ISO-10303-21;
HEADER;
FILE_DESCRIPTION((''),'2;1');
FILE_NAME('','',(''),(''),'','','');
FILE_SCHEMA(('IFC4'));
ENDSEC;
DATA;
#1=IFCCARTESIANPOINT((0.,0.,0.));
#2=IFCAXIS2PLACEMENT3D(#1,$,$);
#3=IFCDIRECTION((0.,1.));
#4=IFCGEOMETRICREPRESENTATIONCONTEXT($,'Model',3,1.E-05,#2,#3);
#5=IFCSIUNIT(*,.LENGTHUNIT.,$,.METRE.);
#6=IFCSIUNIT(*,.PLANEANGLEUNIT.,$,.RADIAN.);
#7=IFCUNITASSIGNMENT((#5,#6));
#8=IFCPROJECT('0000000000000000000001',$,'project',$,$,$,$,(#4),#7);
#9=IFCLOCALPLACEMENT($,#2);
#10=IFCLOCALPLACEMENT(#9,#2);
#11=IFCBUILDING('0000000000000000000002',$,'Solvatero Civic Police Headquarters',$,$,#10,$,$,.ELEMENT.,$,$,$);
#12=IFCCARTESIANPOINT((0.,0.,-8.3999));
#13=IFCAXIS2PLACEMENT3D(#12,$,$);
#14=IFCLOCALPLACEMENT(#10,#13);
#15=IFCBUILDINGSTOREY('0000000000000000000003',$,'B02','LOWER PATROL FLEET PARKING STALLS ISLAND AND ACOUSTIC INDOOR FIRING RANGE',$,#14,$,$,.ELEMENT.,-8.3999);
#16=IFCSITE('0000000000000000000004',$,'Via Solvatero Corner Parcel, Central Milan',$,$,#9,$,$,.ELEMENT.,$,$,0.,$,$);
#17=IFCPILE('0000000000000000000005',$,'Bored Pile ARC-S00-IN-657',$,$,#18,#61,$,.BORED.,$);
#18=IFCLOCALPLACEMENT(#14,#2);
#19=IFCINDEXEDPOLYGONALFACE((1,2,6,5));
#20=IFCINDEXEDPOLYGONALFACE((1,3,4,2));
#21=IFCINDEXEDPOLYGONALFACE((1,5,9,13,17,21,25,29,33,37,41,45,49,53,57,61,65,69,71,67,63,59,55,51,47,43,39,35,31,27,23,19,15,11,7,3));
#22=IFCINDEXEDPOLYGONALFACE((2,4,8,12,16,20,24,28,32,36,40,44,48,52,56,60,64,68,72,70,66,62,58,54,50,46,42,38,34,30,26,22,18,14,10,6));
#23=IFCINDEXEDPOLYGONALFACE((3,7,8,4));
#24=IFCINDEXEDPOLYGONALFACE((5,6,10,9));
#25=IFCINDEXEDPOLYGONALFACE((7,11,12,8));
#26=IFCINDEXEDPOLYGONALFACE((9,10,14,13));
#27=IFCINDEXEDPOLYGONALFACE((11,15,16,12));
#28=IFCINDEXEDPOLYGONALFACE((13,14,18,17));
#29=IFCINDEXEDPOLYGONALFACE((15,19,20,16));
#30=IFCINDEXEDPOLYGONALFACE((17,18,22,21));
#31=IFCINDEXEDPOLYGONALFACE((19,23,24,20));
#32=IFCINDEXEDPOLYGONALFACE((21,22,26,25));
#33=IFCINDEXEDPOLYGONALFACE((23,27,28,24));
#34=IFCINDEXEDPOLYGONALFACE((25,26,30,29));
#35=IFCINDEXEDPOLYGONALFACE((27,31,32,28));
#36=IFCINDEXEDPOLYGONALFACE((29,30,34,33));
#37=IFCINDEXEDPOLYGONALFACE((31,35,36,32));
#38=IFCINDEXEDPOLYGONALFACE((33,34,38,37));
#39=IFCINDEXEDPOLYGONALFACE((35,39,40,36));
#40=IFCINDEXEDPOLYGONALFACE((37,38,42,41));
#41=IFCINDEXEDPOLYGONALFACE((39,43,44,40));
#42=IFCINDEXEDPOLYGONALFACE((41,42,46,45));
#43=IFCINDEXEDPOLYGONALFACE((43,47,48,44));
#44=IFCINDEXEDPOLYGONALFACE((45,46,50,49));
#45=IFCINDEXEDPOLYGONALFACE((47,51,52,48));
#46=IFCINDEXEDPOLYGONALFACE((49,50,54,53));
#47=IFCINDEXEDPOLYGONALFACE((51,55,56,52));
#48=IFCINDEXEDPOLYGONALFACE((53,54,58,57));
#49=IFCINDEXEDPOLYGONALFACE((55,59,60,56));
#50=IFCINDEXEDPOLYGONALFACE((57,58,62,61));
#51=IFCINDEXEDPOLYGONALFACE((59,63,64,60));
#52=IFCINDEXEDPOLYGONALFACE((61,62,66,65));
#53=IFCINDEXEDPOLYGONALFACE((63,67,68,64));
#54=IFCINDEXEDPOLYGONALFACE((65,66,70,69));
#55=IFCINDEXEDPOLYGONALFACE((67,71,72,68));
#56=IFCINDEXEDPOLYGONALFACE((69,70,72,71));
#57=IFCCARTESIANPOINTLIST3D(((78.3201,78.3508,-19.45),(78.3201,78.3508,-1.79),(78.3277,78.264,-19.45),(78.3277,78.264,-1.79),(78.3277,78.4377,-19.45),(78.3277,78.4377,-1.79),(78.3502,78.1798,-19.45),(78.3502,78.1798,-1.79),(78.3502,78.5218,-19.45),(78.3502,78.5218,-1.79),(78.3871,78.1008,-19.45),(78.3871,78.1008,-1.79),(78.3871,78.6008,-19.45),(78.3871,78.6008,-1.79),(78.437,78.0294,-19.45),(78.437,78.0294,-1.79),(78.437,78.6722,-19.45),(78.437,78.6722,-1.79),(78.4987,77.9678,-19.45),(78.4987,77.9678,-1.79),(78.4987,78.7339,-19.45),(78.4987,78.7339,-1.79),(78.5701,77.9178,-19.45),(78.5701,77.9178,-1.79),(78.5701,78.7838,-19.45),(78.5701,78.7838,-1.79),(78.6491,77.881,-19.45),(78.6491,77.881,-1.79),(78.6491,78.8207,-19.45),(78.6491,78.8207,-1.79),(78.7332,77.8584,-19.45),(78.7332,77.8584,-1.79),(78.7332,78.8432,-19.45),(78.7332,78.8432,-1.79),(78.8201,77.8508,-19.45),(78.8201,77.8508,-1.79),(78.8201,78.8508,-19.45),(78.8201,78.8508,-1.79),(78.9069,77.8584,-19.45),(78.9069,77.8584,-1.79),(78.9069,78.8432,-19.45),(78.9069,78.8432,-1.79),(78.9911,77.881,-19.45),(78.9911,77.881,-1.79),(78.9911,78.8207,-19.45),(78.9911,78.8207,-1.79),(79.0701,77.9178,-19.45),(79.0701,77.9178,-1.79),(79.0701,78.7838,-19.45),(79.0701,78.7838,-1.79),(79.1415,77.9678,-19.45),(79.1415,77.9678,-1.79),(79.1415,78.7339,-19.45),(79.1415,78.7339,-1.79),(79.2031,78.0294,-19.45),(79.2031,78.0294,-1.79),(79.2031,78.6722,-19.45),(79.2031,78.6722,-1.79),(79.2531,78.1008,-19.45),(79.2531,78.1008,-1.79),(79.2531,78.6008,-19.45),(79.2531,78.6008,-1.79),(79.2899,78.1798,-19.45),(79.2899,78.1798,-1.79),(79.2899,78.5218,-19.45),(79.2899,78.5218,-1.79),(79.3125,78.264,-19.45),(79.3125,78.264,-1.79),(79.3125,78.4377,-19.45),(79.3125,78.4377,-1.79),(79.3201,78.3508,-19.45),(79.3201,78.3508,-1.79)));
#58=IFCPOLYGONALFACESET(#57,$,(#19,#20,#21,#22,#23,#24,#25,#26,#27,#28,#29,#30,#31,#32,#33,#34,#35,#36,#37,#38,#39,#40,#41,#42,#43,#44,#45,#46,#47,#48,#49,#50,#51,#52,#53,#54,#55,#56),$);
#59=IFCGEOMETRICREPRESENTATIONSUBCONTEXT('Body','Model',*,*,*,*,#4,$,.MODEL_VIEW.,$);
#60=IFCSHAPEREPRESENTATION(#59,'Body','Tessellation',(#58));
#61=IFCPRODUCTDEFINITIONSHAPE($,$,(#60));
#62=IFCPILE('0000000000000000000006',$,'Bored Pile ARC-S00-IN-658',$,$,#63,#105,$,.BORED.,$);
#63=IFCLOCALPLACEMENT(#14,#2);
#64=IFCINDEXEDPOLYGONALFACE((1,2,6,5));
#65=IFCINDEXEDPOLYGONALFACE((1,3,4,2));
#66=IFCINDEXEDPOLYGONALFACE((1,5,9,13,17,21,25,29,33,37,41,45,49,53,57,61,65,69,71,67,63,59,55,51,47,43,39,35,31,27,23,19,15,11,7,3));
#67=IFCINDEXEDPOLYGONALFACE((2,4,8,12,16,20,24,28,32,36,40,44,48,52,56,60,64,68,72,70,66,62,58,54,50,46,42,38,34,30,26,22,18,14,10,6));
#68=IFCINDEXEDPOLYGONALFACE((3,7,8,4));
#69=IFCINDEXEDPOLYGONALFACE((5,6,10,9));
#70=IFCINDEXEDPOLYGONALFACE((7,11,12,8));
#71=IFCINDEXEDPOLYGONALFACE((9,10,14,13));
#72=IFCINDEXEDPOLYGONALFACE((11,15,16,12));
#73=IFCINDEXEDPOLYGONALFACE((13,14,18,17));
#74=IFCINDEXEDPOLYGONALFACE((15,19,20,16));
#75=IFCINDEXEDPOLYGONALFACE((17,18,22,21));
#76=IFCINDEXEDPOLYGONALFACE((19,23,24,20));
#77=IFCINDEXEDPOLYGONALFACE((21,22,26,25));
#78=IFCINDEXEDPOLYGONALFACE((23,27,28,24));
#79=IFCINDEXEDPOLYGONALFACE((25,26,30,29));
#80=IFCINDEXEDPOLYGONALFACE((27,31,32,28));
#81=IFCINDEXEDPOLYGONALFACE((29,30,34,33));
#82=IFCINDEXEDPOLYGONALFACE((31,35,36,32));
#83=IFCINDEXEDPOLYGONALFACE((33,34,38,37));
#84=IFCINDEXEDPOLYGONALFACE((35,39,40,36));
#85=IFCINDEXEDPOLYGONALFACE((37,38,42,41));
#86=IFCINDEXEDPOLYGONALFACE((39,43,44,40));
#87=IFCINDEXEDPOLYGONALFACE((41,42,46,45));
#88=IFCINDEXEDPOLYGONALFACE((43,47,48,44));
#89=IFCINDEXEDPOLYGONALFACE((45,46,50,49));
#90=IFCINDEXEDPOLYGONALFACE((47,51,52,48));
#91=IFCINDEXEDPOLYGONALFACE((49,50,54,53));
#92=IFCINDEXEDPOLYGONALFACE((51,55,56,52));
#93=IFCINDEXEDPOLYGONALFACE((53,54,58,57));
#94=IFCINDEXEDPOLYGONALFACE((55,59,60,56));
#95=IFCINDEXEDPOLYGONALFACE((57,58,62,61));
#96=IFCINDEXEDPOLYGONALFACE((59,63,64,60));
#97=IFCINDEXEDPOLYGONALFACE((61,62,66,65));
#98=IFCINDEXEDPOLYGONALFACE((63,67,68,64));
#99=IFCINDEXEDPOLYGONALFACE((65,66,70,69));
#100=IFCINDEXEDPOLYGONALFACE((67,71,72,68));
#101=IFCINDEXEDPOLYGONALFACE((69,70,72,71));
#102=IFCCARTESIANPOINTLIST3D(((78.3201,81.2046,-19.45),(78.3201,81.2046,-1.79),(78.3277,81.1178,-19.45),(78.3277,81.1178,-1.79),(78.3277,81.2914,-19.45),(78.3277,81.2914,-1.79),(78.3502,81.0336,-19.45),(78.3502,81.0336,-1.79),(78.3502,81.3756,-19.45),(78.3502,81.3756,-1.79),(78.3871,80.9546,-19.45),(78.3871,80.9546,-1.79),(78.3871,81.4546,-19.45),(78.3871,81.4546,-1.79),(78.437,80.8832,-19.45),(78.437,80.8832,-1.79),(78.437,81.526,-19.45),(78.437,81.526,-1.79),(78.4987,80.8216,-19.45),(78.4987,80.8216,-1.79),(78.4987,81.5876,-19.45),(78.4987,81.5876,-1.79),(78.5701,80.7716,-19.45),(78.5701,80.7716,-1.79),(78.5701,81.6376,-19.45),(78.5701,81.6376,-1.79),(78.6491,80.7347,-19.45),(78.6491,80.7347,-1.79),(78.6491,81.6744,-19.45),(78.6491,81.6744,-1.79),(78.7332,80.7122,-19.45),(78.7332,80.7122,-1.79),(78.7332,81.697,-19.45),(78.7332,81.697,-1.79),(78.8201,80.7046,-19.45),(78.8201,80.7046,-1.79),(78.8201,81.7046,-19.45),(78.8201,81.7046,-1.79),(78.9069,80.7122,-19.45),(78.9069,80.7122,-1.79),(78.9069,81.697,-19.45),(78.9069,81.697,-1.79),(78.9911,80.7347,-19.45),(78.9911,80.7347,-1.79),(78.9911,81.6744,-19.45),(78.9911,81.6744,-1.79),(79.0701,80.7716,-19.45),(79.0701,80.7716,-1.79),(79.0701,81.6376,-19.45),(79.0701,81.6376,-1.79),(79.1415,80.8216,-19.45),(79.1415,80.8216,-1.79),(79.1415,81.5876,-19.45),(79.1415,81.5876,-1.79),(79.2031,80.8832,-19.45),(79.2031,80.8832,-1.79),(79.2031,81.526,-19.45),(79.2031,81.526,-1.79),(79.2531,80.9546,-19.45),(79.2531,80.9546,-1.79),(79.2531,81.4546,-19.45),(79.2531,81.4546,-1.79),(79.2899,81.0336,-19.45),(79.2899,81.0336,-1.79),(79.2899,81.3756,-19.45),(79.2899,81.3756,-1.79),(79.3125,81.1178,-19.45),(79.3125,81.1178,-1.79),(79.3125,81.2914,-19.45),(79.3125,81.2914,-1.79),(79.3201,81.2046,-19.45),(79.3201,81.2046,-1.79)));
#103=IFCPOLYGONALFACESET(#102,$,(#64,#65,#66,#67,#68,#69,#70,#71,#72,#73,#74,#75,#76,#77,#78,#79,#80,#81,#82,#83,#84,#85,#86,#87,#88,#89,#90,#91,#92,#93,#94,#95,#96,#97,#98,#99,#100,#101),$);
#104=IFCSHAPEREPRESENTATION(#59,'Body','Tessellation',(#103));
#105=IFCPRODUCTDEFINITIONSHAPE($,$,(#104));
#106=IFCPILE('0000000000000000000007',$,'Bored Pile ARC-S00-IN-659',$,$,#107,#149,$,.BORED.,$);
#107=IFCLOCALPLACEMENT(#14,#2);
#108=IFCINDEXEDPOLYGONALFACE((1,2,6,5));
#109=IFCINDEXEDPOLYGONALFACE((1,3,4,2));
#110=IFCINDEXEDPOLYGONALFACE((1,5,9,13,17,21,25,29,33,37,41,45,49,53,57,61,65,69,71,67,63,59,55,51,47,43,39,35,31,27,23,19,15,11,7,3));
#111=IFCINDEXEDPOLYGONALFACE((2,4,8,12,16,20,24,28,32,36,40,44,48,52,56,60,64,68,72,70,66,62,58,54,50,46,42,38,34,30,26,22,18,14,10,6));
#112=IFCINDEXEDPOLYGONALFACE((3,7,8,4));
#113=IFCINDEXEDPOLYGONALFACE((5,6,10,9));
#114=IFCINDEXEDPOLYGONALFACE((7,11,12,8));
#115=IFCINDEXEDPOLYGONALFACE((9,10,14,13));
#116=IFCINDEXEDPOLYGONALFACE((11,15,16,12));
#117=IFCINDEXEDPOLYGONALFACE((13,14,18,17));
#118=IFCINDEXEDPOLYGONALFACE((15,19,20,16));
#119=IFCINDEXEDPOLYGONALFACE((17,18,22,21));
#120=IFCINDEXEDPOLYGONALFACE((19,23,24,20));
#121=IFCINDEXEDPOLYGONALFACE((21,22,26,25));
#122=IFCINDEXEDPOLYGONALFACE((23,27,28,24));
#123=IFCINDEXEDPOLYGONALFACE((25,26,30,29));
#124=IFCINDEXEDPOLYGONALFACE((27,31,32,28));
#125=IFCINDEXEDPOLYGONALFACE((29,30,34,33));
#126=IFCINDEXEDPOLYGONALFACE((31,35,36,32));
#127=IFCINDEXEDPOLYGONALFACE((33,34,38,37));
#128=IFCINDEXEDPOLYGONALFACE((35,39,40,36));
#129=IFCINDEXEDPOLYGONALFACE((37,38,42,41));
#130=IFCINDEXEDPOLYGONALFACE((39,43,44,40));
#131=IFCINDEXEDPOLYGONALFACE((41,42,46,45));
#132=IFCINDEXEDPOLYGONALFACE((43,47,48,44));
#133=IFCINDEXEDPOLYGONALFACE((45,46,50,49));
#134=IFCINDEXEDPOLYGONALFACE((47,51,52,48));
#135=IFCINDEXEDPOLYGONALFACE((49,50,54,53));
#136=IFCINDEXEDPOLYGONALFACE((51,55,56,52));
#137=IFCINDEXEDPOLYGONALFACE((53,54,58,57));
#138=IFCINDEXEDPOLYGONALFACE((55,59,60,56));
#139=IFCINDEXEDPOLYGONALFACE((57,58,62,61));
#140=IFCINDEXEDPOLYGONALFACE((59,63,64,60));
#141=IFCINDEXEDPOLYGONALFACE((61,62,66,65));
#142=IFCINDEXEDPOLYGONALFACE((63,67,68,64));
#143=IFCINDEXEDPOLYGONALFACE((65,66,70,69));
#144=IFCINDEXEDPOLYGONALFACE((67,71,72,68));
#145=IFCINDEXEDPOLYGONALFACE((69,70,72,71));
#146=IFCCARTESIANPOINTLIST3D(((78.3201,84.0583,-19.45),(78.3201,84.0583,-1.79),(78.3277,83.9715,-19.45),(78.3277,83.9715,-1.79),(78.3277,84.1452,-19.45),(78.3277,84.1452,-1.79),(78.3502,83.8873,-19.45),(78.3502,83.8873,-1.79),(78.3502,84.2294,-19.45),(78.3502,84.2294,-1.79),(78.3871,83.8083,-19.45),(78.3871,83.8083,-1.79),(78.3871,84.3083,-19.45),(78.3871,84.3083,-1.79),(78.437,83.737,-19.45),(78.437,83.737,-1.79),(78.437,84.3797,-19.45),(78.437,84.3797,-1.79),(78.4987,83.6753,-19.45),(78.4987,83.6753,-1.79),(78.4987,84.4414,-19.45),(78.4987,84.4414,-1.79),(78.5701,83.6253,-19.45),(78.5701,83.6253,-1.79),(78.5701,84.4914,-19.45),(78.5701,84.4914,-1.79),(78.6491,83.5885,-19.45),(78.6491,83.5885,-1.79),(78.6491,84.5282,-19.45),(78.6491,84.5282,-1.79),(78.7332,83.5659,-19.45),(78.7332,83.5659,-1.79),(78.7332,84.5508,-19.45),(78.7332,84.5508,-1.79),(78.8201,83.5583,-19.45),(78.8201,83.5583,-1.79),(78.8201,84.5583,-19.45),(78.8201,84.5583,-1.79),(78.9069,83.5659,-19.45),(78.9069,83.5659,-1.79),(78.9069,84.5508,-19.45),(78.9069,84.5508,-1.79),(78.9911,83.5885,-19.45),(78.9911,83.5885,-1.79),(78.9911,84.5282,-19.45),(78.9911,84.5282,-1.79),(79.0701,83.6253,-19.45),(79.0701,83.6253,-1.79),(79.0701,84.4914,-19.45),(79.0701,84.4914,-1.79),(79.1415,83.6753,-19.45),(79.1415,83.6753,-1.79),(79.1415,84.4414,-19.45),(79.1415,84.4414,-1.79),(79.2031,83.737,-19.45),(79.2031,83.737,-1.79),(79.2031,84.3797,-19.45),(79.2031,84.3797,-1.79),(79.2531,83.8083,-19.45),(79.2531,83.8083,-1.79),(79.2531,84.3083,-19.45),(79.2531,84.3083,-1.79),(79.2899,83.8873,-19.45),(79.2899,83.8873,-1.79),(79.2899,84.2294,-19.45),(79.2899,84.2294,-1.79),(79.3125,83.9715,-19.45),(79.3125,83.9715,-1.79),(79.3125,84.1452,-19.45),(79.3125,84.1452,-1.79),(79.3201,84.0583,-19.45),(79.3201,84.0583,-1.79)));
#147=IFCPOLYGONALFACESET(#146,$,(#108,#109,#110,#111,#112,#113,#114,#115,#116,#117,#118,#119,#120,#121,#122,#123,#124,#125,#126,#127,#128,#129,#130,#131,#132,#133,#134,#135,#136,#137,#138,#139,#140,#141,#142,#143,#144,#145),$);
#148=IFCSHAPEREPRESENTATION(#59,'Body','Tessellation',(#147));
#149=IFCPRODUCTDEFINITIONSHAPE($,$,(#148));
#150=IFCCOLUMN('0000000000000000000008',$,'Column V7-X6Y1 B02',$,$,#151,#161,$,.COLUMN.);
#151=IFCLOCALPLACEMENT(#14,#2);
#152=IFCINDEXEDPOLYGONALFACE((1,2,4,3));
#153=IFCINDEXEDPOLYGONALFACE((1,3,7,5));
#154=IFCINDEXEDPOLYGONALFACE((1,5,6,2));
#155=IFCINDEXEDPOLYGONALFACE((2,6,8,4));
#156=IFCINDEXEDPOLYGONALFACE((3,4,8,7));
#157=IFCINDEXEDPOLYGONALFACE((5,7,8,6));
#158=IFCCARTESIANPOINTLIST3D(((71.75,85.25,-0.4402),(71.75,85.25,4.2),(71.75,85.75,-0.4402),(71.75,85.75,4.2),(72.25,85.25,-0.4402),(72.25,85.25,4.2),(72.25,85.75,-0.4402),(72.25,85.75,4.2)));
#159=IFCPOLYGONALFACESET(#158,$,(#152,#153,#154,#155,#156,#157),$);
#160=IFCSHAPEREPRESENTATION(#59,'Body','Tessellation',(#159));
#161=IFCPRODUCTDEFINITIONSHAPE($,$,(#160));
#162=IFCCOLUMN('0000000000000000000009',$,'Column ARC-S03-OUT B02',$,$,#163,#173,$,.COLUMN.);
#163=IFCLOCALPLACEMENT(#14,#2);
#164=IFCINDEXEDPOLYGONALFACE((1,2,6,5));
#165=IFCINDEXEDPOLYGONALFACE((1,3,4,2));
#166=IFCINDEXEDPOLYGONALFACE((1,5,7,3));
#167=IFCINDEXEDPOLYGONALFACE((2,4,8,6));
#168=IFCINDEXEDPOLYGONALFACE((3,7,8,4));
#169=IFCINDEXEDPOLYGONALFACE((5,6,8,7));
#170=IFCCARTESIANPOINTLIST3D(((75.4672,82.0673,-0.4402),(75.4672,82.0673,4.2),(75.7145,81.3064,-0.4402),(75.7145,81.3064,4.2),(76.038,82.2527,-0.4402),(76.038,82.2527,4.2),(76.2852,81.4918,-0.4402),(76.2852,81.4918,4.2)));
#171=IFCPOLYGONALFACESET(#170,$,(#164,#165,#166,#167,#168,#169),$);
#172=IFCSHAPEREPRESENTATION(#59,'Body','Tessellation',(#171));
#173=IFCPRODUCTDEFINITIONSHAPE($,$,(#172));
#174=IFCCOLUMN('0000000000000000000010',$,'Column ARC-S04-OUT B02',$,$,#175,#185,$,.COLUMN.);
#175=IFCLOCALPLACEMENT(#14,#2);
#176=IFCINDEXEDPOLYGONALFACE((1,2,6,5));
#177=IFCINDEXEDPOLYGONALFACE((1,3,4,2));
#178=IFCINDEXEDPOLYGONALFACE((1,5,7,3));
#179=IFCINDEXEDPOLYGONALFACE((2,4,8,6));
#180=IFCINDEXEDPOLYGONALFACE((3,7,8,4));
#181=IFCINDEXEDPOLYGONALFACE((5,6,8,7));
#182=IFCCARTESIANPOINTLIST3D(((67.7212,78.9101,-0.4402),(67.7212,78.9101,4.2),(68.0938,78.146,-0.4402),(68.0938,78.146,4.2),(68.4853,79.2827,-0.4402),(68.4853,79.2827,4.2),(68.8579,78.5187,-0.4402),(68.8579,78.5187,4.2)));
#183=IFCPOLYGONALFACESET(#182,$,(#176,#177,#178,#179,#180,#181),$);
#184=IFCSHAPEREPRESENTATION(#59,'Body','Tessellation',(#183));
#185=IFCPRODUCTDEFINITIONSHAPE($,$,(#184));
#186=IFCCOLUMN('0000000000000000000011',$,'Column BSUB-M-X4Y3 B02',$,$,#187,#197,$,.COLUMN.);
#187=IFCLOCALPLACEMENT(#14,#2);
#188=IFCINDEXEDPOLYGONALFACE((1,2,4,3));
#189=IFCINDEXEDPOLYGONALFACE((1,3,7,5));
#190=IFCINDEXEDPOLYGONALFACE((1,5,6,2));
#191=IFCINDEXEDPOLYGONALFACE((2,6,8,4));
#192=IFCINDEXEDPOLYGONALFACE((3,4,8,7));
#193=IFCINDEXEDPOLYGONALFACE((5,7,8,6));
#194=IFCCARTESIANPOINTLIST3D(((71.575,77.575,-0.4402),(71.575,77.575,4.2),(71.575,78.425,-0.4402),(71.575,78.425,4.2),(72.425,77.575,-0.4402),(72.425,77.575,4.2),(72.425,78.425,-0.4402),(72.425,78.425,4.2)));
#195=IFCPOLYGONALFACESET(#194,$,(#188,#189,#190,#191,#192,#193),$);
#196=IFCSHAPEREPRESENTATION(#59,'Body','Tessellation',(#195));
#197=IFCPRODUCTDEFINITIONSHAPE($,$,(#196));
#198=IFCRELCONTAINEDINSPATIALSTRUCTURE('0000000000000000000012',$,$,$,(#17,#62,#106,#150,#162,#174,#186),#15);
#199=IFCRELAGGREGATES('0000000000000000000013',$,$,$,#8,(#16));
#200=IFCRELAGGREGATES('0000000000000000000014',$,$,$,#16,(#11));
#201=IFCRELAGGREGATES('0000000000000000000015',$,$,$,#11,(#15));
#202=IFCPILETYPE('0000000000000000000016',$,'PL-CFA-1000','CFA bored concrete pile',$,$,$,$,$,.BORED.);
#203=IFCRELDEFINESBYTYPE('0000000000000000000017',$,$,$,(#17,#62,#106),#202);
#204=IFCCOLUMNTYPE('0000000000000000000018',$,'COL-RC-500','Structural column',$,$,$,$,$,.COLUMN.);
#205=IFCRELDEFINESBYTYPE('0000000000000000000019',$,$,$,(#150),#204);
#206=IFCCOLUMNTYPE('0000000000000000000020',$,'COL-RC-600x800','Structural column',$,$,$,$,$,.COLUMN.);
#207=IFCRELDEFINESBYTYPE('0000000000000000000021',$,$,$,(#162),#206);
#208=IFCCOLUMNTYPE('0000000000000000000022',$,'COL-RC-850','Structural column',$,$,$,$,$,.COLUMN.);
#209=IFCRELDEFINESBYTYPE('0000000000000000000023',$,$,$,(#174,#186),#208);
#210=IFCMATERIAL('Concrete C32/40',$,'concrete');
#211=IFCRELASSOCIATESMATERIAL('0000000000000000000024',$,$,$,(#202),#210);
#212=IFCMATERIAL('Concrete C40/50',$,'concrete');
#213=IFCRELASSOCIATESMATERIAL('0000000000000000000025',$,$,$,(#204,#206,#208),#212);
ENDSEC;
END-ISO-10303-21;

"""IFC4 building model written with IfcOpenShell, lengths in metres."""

from ifc_helpers import new_model, si_unit, direction, frame, origin, origin_2d, place, context, subcontext, project, spatial, rectangle, circle, extrude, material, material_profile, profile_set, type_object, element, save


model = new_model("IFC4")

# Units and contexts
model_context = context("Model", 3, precision=1e-05, world=origin(), true_north=direction((0.0, 1.0)))
body_context = subcontext(model_context, "Body", "Model", "MODEL_VIEW")
ifc_project = project(units=[si_unit("LENGTHUNIT", "METRE"), si_unit("PLANEANGLEUNIT", "RADIAN")], contexts=[model_context])

# Site, building, storey
site_placement = place(None, origin())
site = spatial("IfcSite", under=ifc_project, at=site_placement, Name="Via Solvatero Corner Parcel, Central Milan", CompositionType="ELEMENT", RefElevation=0.0)
building_placement = place(site_placement, origin())
building = spatial("IfcBuilding", under=site, at=building_placement, Name="Solvatero Civic Police Headquarters", CompositionType="ELEMENT")
storey_placement = place(building_placement, frame((0.0, 0.0, -8.3999)))
storey = spatial("IfcBuildingStorey", under=building, at=storey_placement, Name="B02", Description="LOWER PATROL FLEET PARKING STALLS ISLAND AND ACOUSTIC INDOOR FIRING RANGE", CompositionType="ELEMENT", Elevation=-8.3999)

# Piles
ifc_material_1 = material(Name="Concrete C32/40", Category="concrete")
ifc_material_profile_1 = material_profile(ifc_material_1, circle(Radius=0.5, at=origin_2d()), Name="CFA PILE D1000")
ifc_profile_set_1 = profile_set([ifc_material_profile_1], Name="Concrete C32/40")
pile_type = type_object("IfcPileType", Name="PL-CFA-1000", Description="CFA bored concrete pile", PredefinedType="BORED", material=ifc_profile_set_1)
for number, where, z_axis, x_axis, name in (
    (1, (78.8201, 78.3508, -1.79), (0.0, 0.0, -1.0), (1.0, 0.0, 0.0), "Bored Pile ARC-S00-IN-657"),
    (2, (78.8201, 81.2046, -1.79), (0.0, 0.0, -1.0), (1.0, 0.0, 0.0), "Bored Pile ARC-S00-IN-658"),
    (3, (78.8201, 84.0583, -1.79), (0.0, 0.0, -1.0), (1.0, 0.0, 0.0), "Bored Pile ARC-S00-IN-659"),
):
    element("IfcPile", number, at=place(storey_placement, frame(where, z_axis=z_axis, x_axis=x_axis)), inside=storey, type_object=pile_type, Name=name, PredefinedType="BORED", context=body_context, shape_type="SweptSolid", body=[
        extrude(circle(Radius=0.5, at=origin_2d()), origin(), (0.0, 0.0, 1.0), 17.6599),
    ])

# Columns
ifc_material_2 = material(Name="Concrete C40/50", Category="concrete")
ifc_material_profile_2 = material_profile(ifc_material_2, rectangle(XDim=0.5, YDim=0.5, at=origin_2d()), Name="RC 500x500")
ifc_profile_set_2 = profile_set([ifc_material_profile_2], Name="Concrete C40/50")
column_type_1 = type_object("IfcColumnType", Name="COL-RC-500", Description="Structural column", PredefinedType="COLUMN", material=ifc_profile_set_2)
column_1_placement = place(storey_placement, frame((72.0, 85.5, -0.4402), z_axis=(0.0, 0.0, 1.0), x_axis=(1.0, 0.0, 0.0)))
element("IfcColumn", 4, at=column_1_placement, inside=storey, type_object=column_type_1, Name="Column V7-X6Y1 B02", PredefinedType="COLUMN", context=body_context, shape_type="SweptSolid", body=[
    extrude(rectangle(XDim=0.5, YDim=0.5, at=origin_2d()), origin(), (0.0, 0.0, 1.0), 4.6401),
])
ifc_material_profile_3 = material_profile(ifc_material_2, rectangle(XDim=0.6001, YDim=0.8, at=origin_2d()), Name="RC 600x800")
ifc_profile_set_3 = profile_set([ifc_material_profile_3], Name="Concrete C40/50")
column_type_2 = type_object("IfcColumnType", Name="COL-RC-600x800", Description="Structural column", PredefinedType="COLUMN", material=ifc_profile_set_3)
column_2_placement = place(storey_placement, frame((75.8762, 81.7795, -0.4402), z_axis=(0.0, 0.0, 1.0), x_axis=(0.951057, 0.309017, 0.0)))
element("IfcColumn", 5, at=column_2_placement, inside=storey, type_object=column_type_2, Name="Column ARC-S03-OUT B02", PredefinedType="COLUMN", context=body_context, shape_type="SweptSolid", body=[
    extrude(rectangle(XDim=0.6001, YDim=0.8, at=origin_2d()), origin(), (0.0, 0.0, 1.0), 4.6401),
])
ifc_material_profile_4 = material_profile(ifc_material_2, rectangle(XDim=0.8501, YDim=0.8501, at=origin_2d()), Name="RC 850x850")
ifc_profile_set_4 = profile_set([ifc_material_profile_4], Name="Concrete C40/50")
column_type_3 = type_object("IfcColumnType", Name="COL-RC-850", Description="Structural column", PredefinedType="COLUMN", material=ifc_profile_set_4)
for number, where, z_axis, x_axis, name in (
    (6, (68.2896, 78.7144, -0.4402), (0.0, 0.0, 1.0), (0.898794, 0.438371, 0.0), "Column ARC-S04-OUT B02"),
    (7, (72.0, 78.0, -0.4402), (0.0, 0.0, 1.0), (1.0, 0.0, 0.0), "Column BSUB-M-X4Y3 B02"),
):
    element("IfcColumn", number, at=place(storey_placement, frame(where, z_axis=z_axis, x_axis=x_axis)), inside=storey, type_object=column_type_3, Name=name, PredefinedType="COLUMN", context=body_context, shape_type="SweptSolid", body=[
        extrude(rectangle(XDim=0.8501, YDim=0.8501, at=origin_2d()), origin(), (0.0, 0.0, 1.0), 4.6401),
    ])

save(model, "model.ifc")
